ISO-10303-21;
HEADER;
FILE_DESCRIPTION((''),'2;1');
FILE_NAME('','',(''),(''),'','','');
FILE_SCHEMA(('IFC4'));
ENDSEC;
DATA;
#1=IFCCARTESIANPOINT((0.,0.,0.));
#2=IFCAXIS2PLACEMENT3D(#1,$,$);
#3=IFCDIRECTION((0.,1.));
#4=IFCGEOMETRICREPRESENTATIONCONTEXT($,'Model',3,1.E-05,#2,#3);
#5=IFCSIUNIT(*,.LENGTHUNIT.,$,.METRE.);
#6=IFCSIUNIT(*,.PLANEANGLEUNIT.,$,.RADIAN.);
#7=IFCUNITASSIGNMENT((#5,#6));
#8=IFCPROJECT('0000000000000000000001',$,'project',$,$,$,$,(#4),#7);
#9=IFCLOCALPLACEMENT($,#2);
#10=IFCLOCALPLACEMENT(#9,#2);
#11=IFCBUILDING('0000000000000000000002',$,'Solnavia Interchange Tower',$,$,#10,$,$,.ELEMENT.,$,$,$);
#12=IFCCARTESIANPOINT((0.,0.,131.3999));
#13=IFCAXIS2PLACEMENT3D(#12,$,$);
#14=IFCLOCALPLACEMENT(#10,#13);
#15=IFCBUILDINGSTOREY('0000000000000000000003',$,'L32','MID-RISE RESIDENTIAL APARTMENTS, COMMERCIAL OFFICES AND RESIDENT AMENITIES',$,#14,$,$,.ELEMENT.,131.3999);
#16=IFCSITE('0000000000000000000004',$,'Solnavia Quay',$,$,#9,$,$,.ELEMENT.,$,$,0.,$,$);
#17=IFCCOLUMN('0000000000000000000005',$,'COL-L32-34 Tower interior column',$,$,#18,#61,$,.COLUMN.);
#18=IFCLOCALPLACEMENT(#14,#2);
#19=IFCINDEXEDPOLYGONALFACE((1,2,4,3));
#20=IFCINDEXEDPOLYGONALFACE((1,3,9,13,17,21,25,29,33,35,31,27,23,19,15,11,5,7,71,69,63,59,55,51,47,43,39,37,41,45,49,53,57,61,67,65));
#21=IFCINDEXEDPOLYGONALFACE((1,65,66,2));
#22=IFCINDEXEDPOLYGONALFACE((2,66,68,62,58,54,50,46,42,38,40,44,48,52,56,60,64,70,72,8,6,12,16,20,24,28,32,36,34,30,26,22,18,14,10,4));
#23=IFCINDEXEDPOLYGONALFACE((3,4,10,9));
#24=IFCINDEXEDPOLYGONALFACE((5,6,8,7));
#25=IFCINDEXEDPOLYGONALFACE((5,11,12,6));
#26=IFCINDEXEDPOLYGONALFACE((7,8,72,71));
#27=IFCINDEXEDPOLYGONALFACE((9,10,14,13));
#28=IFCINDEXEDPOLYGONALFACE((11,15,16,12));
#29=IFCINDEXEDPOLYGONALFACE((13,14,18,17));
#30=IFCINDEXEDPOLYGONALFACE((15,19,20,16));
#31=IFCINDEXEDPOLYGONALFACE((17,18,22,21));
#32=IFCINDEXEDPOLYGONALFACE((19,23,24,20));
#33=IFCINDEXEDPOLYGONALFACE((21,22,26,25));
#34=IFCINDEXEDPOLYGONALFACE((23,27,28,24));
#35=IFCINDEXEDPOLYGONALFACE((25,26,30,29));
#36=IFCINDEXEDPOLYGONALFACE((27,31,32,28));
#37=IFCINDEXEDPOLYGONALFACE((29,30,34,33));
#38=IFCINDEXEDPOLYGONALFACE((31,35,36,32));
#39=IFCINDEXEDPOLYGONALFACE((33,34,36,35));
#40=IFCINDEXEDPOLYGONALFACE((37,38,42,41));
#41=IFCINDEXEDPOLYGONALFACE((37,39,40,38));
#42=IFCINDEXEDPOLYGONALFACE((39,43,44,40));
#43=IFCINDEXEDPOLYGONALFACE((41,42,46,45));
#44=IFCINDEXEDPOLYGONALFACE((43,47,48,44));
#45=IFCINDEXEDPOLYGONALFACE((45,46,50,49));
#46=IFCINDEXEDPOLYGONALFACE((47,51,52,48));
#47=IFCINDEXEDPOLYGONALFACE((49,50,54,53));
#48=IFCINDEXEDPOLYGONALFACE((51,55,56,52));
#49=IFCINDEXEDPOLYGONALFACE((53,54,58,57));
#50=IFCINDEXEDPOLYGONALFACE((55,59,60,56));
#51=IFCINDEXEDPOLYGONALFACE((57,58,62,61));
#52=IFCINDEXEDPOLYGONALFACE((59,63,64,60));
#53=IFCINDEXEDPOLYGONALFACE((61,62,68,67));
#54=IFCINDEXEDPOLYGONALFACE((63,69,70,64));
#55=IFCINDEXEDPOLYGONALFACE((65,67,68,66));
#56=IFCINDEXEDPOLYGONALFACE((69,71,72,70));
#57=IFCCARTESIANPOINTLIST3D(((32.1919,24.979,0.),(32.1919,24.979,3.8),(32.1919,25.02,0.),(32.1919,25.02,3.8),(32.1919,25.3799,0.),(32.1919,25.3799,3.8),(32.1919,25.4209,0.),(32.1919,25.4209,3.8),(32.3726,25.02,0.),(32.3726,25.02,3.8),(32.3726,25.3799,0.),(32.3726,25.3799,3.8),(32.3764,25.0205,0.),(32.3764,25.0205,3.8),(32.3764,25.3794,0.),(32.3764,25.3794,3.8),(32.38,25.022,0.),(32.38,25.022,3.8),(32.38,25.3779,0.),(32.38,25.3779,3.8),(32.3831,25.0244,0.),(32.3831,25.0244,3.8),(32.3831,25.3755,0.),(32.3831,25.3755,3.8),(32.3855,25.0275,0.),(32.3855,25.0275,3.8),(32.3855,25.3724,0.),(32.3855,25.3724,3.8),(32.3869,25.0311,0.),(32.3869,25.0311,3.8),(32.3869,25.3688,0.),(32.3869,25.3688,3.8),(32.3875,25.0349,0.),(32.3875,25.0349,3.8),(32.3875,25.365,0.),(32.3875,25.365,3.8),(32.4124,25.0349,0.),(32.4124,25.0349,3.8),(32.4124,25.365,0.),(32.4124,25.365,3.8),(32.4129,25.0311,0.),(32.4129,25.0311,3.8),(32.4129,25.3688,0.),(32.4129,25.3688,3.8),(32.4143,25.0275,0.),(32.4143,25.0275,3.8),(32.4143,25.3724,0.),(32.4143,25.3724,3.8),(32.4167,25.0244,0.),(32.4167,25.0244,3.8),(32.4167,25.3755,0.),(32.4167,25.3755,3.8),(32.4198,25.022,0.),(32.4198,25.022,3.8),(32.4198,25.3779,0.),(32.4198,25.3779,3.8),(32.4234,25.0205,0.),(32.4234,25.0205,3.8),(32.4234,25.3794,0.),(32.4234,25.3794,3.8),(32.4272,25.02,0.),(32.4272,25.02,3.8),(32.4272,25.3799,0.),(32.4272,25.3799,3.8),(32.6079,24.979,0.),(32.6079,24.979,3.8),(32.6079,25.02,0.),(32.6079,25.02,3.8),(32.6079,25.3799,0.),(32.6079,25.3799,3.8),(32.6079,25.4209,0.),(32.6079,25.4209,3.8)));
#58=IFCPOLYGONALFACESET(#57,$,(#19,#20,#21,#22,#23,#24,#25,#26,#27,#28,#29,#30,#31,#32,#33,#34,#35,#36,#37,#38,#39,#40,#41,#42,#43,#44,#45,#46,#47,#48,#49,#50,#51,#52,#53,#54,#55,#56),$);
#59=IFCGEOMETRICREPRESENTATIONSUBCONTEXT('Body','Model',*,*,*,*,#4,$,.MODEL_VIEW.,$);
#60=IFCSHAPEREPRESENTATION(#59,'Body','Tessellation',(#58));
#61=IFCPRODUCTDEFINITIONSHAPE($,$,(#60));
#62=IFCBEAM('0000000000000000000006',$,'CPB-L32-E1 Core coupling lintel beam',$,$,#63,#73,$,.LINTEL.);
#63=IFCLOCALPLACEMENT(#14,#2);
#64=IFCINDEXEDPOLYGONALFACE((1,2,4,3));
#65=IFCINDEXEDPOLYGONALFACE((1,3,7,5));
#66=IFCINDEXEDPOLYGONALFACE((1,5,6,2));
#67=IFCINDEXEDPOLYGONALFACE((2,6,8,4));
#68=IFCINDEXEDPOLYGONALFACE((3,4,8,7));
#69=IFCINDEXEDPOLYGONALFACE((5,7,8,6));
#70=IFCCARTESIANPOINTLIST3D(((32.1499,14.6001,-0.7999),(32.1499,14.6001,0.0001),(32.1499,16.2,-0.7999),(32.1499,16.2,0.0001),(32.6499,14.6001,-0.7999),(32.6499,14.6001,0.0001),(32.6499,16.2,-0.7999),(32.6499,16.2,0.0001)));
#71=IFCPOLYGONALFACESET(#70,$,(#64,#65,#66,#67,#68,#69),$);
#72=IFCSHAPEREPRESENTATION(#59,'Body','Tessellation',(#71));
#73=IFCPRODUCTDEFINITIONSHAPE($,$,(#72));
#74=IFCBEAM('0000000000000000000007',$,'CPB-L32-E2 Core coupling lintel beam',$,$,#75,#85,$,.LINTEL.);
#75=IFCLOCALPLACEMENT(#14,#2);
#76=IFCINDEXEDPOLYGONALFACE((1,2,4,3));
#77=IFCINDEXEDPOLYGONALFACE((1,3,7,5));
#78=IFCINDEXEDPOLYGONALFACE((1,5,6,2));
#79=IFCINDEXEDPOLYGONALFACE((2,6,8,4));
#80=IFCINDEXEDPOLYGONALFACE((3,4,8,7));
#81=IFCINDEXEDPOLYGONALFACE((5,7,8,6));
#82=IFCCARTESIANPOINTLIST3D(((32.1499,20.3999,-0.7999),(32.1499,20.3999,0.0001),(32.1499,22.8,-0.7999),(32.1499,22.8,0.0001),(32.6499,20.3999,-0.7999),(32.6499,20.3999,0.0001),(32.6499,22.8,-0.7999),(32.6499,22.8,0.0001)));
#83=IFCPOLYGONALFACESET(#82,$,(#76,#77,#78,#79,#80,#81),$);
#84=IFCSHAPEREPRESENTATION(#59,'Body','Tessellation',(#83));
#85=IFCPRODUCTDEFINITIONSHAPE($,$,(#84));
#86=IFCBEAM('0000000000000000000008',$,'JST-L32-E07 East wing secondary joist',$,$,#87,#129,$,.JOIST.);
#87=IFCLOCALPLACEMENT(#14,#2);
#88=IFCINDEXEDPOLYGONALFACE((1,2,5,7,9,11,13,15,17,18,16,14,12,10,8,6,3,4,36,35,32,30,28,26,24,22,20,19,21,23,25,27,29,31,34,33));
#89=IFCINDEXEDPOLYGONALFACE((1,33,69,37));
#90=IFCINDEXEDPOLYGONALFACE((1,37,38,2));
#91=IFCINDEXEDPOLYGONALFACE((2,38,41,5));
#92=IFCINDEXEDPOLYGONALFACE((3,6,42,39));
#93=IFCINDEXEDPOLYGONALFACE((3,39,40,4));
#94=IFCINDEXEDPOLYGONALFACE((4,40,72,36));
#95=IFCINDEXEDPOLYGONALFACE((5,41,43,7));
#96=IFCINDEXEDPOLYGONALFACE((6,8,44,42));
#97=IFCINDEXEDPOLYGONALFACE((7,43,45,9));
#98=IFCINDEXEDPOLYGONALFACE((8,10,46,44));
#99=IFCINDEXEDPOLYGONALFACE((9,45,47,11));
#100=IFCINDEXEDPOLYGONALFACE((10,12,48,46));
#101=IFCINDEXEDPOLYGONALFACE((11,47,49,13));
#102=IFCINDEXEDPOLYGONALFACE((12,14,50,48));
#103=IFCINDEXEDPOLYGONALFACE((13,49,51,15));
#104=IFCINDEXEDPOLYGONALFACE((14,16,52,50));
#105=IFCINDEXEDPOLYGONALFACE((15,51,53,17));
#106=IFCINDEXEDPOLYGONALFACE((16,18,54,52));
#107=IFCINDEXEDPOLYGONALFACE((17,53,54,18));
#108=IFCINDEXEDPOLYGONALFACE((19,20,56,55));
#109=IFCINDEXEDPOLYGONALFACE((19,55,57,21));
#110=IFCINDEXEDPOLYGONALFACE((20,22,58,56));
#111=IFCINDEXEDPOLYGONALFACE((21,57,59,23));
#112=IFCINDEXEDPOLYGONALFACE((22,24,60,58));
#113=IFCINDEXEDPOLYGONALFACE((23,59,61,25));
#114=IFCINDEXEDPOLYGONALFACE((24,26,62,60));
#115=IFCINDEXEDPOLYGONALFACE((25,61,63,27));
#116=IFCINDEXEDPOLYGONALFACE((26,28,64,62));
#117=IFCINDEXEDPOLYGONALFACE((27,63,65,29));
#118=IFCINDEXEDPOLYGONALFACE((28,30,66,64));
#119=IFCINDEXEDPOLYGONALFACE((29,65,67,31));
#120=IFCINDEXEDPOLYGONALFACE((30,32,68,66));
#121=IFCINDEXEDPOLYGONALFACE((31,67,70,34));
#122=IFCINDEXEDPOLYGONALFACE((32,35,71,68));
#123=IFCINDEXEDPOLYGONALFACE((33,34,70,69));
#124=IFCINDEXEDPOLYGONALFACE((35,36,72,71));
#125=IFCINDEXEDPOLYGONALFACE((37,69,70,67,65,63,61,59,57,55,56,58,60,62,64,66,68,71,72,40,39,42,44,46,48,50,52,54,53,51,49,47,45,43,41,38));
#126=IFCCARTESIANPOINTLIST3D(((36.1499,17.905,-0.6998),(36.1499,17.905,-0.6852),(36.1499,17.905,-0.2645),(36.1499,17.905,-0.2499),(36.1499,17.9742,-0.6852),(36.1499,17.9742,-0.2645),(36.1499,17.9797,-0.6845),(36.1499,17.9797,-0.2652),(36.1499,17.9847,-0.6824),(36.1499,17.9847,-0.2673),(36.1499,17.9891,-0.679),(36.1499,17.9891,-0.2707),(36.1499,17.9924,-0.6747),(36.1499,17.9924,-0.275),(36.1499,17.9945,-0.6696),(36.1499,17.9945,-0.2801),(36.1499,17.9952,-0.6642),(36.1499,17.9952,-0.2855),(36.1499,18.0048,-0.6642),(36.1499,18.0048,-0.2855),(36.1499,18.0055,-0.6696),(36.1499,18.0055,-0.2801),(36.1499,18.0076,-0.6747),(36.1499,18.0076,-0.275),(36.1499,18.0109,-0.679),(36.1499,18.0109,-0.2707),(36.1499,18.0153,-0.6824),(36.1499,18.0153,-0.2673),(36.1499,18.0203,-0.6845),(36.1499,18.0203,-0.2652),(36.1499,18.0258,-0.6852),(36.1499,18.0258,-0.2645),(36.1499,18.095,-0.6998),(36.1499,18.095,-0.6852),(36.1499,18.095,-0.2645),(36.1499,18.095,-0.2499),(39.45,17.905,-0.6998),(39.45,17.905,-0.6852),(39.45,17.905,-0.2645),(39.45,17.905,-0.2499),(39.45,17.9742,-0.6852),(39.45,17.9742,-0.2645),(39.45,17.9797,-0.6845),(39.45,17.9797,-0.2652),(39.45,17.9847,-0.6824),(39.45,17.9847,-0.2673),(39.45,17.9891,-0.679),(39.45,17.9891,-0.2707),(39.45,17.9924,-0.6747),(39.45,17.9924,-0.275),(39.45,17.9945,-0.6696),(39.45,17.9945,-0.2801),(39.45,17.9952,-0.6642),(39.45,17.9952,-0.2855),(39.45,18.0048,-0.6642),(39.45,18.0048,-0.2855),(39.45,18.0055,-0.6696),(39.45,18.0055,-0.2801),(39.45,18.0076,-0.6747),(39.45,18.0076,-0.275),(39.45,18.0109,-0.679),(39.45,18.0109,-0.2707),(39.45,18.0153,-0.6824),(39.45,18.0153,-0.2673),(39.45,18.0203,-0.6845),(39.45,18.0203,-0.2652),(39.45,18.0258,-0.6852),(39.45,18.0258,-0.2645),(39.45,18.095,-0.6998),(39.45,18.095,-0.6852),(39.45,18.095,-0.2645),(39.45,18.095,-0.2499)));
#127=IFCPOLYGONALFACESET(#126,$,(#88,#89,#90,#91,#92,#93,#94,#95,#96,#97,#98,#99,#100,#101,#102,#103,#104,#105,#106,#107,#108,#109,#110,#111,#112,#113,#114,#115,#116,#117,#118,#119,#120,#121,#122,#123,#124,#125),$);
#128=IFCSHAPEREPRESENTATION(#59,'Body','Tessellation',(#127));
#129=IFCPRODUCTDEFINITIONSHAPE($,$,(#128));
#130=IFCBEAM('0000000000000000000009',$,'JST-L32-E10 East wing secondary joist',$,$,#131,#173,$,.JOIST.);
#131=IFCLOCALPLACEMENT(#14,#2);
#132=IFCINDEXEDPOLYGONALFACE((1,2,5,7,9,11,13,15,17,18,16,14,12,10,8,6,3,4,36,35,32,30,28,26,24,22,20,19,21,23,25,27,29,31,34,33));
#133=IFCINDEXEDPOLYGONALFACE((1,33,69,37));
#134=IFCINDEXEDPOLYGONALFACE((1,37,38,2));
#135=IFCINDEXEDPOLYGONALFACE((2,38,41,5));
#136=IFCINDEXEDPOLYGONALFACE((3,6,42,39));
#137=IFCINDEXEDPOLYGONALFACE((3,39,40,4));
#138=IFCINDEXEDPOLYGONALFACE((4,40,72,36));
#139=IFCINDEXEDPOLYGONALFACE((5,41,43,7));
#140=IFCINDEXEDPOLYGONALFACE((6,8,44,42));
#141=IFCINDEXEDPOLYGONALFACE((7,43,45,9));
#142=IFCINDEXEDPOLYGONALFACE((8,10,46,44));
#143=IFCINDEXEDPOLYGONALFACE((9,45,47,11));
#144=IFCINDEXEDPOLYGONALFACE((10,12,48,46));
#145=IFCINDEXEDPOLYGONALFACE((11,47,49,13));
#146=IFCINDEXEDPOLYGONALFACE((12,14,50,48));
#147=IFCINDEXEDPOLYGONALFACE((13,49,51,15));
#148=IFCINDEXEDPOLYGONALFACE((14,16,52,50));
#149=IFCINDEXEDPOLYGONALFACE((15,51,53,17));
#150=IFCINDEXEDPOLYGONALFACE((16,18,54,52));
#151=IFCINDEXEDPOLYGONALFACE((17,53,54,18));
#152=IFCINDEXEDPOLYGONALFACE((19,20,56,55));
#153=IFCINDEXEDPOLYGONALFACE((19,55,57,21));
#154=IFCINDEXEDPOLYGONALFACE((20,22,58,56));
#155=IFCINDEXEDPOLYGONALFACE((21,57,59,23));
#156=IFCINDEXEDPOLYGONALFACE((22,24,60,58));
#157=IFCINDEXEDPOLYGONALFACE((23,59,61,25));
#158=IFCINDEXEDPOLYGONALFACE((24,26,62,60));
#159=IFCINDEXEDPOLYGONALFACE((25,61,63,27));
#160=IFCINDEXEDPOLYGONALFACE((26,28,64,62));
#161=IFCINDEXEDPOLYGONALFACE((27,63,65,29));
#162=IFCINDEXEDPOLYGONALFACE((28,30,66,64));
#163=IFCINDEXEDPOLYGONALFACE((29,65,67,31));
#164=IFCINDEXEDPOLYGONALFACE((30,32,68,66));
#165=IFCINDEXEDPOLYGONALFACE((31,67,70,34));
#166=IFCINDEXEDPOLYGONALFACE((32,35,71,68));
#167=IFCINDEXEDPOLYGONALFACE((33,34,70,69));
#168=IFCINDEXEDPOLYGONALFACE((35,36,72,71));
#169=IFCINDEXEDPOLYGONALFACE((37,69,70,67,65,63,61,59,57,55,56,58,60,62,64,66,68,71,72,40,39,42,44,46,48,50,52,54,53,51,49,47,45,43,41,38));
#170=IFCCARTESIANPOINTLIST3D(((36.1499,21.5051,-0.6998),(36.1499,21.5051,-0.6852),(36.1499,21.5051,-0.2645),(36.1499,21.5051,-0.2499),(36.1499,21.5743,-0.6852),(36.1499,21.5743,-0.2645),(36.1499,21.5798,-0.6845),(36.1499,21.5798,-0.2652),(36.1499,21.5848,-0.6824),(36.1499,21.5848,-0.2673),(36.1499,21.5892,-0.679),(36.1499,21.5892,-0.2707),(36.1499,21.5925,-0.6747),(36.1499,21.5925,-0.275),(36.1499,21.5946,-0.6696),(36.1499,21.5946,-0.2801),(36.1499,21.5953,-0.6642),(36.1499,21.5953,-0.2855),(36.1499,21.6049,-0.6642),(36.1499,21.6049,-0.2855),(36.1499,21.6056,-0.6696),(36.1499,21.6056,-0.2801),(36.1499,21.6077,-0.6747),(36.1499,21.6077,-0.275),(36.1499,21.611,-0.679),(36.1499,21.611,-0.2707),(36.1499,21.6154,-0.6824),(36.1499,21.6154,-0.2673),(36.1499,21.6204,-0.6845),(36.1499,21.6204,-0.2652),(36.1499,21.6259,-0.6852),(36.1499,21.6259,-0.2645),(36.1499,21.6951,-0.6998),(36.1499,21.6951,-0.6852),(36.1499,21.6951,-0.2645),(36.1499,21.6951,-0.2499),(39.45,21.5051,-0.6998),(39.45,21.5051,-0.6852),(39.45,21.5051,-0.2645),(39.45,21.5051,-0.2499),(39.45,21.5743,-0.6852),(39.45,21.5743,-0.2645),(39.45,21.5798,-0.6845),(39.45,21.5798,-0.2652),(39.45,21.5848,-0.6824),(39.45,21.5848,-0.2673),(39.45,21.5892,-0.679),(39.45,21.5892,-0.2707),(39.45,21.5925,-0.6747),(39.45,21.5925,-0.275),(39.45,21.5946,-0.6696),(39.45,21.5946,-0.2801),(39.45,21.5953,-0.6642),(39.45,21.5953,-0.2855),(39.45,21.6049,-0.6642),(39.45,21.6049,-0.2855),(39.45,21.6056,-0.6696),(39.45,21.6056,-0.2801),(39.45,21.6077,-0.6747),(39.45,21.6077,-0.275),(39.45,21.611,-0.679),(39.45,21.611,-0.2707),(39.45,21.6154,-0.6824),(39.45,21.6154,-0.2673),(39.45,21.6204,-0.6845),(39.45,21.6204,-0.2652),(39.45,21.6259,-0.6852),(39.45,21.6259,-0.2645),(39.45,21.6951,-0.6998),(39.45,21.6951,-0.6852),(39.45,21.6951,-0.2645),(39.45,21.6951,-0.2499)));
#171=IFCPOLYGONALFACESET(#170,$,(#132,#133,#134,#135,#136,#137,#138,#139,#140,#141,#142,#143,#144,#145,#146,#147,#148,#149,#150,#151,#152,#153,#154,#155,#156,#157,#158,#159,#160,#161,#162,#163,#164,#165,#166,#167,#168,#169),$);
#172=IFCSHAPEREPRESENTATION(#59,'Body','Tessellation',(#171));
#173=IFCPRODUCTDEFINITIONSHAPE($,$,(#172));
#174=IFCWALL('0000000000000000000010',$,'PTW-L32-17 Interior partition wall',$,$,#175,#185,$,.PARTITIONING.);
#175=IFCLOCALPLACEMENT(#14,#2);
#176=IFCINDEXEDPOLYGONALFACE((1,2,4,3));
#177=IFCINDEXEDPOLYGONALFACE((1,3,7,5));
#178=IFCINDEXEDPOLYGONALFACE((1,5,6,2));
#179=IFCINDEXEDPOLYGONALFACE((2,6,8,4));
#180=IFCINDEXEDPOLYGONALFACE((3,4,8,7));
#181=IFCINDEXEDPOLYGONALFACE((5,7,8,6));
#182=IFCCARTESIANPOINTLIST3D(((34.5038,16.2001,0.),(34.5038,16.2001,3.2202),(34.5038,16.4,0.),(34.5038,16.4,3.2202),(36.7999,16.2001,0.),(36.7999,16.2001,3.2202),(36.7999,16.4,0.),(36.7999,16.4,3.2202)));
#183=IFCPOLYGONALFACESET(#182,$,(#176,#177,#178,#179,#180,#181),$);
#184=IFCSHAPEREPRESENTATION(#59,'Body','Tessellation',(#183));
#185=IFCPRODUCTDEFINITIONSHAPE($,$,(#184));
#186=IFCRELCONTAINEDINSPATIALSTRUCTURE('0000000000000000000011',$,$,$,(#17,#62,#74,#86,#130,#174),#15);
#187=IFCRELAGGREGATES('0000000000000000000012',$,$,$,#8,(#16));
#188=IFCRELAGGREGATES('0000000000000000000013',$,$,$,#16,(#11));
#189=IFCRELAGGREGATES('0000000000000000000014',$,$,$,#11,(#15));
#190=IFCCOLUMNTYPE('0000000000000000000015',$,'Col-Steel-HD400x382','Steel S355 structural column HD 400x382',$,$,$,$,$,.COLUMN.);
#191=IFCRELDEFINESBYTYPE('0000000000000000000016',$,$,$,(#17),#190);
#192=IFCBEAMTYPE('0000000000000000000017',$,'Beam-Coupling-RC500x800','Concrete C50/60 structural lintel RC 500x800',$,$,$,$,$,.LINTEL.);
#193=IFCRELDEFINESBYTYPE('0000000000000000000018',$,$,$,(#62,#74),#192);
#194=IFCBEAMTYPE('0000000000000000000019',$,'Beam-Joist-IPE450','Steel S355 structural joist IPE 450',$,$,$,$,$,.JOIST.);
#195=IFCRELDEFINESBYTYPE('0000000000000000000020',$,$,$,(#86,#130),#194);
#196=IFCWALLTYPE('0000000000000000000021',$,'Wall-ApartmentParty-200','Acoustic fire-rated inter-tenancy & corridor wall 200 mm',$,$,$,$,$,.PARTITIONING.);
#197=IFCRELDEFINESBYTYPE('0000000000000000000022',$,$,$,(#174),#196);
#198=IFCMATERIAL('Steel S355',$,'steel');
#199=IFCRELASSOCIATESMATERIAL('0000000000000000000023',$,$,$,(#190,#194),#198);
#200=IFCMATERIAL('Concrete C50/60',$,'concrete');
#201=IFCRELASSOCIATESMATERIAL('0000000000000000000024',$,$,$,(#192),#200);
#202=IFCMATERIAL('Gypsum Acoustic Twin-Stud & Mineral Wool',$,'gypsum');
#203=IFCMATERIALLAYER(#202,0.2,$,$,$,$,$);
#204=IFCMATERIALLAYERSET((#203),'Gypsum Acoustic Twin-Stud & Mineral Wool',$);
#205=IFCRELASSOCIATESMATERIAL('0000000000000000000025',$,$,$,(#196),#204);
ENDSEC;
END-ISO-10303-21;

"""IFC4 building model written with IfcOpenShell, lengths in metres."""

from ifc_helpers import new_model, si_unit, direction, frame, frame_2d, origin, origin_2d, place, context, subcontext, project, spatial, rectangle, i_section, extrude, material, layer, layer_set, material_profile, profile_set, type_object, element, save


model = new_model("IFC4")

# Units and contexts
model_context = context("Model", 3, precision=1e-05, world=origin(), true_north=direction((0.0, 1.0)))
body_context = subcontext(model_context, "Body", "Model", "MODEL_VIEW")
ifc_project = project(units=[si_unit("LENGTHUNIT", "METRE"), si_unit("PLANEANGLEUNIT", "RADIAN")], contexts=[model_context])

# Site, building, storey
site_placement = place(None, origin())
site = spatial("IfcSite", under=ifc_project, at=site_placement, Name="Solnavia Quay", CompositionType="ELEMENT", RefElevation=0.0)
building_placement = place(site_placement, origin())
building = spatial("IfcBuilding", under=site, at=building_placement, Name="Solnavia Interchange Tower", CompositionType="ELEMENT")
storey_placement = place(building_placement, frame((0.0, 0.0, 131.3999)))
storey = spatial("IfcBuildingStorey", under=building, at=storey_placement, Name="L32", Description="MID-RISE RESIDENTIAL APARTMENTS, COMMERCIAL OFFICES AND RESIDENT AMENITIES", CompositionType="ELEMENT", Elevation=131.3999)

# Column
ifc_material_1 = material(Name="Steel S355", Category="steel")
ifc_material_profile_1 = material_profile(ifc_material_1, i_section(OverallWidth=0.416, OverallDepth=0.4419, WebThickness=0.0249, FlangeThickness=0.041, FilletRadius=0.0149, at=origin_2d()), Name="HD 400x382")
ifc_profile_set_1 = profile_set([ifc_material_profile_1], Name="Steel S355")
column_type = type_object("IfcColumnType", Name="Col-Steel-HD400x382", Description="Steel S355 structural column HD 400x382", PredefinedType="COLUMN", material=ifc_profile_set_1)
column_placement = place(storey_placement, frame((32.3999, 25.2, 0.0), z_axis=(0.0, 0.0, 1.0), x_axis=(1.0, 0.0, 0.0)))
element("IfcColumn", 1, at=column_placement, inside=storey, type_object=column_type, Name="COL-L32-34 Tower interior column", PredefinedType="COLUMN", context=body_context, shape_type="SweptSolid", body=[
    extrude(i_section(OverallWidth=0.416, OverallDepth=0.4419, WebThickness=0.0249, FlangeThickness=0.041, FilletRadius=0.0149, at=origin_2d()), origin(), (0.0, 0.0, 1.0), 3.8),
])

# Beams
ifc_material_2 = material(Name="Concrete C50/60", Category="concrete")
ifc_material_profile_2 = material_profile(ifc_material_2, rectangle(XDim=0.5, YDim=0.8, at=origin_2d()), Name="RC 500x800")
ifc_profile_set_2 = profile_set([ifc_material_profile_2], Name="Concrete C50/60")
beam_type_1 = type_object("IfcBeamType", Name="Beam-Coupling-RC500x800", Description="Concrete C50/60 structural lintel RC 500x800", PredefinedType="LINTEL", material=ifc_profile_set_2)
beam_1_placement = place(storey_placement, frame((32.3999, 14.6001, -0.3999), z_axis=(0.0, 1.0, 0.0), x_axis=(-1.0, 0.0, 0.0)))
element("IfcBeam", 2, at=beam_1_placement, inside=storey, type_object=beam_type_1, Name="CPB-L32-E1 Core coupling lintel beam", PredefinedType="LINTEL", context=body_context, shape_type="SweptSolid", body=[
    extrude(rectangle(XDim=0.5, YDim=0.8, at=origin_2d()), origin(), (0.0, 0.0, 1.0), 1.5999),
])
beam_2_placement = place(storey_placement, frame((32.3999, 20.3999, -0.3999), z_axis=(0.0, 1.0, 0.0), x_axis=(-1.0, 0.0, 0.0)))
element("IfcBeam", 3, at=beam_2_placement, inside=storey, type_object=beam_type_1, Name="CPB-L32-E2 Core coupling lintel beam", PredefinedType="LINTEL", context=body_context, shape_type="SweptSolid", body=[
    extrude(rectangle(XDim=0.5, YDim=0.8, at=origin_2d()), origin(), (0.0, 0.0, 1.0), 2.4001),
])
ifc_material_profile_3 = material_profile(ifc_material_1, i_section(OverallWidth=0.1899, OverallDepth=0.45, WebThickness=0.0095, FlangeThickness=0.0146, FilletRadius=0.021, at=origin_2d()), Name="IPE 450")
ifc_profile_set_3 = profile_set([ifc_material_profile_3], Name="Steel S355")
beam_type_2 = type_object("IfcBeamType", Name="Beam-Joist-IPE450", Description="Steel S355 structural joist IPE 450", PredefinedType="JOIST", material=ifc_profile_set_3)
for number, where, z_axis, x_axis, name in (
    (4, (36.1499, 18.0, -0.4749), (1.0, 0.0, 0.0), (0.0, 1.0, 0.0), "JST-L32-E07 East wing secondary joist"),
    (5, (36.1499, 21.6001, -0.4749), (1.0, 0.0, 0.0), (0.0, 1.0, 0.0), "JST-L32-E10 East wing secondary joist"),
):
    element("IfcBeam", number, at=place(storey_placement, frame(where, z_axis=z_axis, x_axis=x_axis)), inside=storey, type_object=beam_type_2, Name=name, PredefinedType="JOIST", context=body_context, shape_type="SweptSolid", body=[
        extrude(i_section(OverallWidth=0.1899, OverallDepth=0.45, WebThickness=0.0095, FlangeThickness=0.0146, FilletRadius=0.021, at=origin_2d()), origin(), (0.0, 0.0, 1.0), 3.3),
    ])

# Wall
ifc_material_3 = material(Name="Gypsum Acoustic Twin-Stud & Mineral Wool", Category="gypsum")
ifc_layer_1 = layer(ifc_material_3, 0.2)
ifc_layer_set_1 = layer_set([ifc_layer_1], Name="Gypsum Acoustic Twin-Stud & Mineral Wool")
wall_type_1 = type_object("IfcWallType", Name="Wall-ApartmentParty-200", Description="Acoustic fire-rated inter-tenancy & corridor wall 200 mm", PredefinedType="PARTITIONING", material=ifc_layer_set_1)
wall_1_placement = place(storey_placement, frame((34.5039, 16.3, 0.0), z_axis=(0.0, 0.0, 1.0), x_axis=(1.0, 0.0, 0.0)))
element("IfcWall", 6, at=wall_1_placement, inside=storey, type_object=wall_type_1, Name="PTW-L32-17 Interior partition wall", PredefinedType="PARTITIONING", context=body_context, shape_type="SweptSolid", body=[
    extrude(rectangle(XDim=2.2961, YDim=0.2, at=frame_2d((1.1479, 0.0))), origin(), (0.0, 0.0, 1.0), 3.2202),
])

save(model, "model.ifc")
